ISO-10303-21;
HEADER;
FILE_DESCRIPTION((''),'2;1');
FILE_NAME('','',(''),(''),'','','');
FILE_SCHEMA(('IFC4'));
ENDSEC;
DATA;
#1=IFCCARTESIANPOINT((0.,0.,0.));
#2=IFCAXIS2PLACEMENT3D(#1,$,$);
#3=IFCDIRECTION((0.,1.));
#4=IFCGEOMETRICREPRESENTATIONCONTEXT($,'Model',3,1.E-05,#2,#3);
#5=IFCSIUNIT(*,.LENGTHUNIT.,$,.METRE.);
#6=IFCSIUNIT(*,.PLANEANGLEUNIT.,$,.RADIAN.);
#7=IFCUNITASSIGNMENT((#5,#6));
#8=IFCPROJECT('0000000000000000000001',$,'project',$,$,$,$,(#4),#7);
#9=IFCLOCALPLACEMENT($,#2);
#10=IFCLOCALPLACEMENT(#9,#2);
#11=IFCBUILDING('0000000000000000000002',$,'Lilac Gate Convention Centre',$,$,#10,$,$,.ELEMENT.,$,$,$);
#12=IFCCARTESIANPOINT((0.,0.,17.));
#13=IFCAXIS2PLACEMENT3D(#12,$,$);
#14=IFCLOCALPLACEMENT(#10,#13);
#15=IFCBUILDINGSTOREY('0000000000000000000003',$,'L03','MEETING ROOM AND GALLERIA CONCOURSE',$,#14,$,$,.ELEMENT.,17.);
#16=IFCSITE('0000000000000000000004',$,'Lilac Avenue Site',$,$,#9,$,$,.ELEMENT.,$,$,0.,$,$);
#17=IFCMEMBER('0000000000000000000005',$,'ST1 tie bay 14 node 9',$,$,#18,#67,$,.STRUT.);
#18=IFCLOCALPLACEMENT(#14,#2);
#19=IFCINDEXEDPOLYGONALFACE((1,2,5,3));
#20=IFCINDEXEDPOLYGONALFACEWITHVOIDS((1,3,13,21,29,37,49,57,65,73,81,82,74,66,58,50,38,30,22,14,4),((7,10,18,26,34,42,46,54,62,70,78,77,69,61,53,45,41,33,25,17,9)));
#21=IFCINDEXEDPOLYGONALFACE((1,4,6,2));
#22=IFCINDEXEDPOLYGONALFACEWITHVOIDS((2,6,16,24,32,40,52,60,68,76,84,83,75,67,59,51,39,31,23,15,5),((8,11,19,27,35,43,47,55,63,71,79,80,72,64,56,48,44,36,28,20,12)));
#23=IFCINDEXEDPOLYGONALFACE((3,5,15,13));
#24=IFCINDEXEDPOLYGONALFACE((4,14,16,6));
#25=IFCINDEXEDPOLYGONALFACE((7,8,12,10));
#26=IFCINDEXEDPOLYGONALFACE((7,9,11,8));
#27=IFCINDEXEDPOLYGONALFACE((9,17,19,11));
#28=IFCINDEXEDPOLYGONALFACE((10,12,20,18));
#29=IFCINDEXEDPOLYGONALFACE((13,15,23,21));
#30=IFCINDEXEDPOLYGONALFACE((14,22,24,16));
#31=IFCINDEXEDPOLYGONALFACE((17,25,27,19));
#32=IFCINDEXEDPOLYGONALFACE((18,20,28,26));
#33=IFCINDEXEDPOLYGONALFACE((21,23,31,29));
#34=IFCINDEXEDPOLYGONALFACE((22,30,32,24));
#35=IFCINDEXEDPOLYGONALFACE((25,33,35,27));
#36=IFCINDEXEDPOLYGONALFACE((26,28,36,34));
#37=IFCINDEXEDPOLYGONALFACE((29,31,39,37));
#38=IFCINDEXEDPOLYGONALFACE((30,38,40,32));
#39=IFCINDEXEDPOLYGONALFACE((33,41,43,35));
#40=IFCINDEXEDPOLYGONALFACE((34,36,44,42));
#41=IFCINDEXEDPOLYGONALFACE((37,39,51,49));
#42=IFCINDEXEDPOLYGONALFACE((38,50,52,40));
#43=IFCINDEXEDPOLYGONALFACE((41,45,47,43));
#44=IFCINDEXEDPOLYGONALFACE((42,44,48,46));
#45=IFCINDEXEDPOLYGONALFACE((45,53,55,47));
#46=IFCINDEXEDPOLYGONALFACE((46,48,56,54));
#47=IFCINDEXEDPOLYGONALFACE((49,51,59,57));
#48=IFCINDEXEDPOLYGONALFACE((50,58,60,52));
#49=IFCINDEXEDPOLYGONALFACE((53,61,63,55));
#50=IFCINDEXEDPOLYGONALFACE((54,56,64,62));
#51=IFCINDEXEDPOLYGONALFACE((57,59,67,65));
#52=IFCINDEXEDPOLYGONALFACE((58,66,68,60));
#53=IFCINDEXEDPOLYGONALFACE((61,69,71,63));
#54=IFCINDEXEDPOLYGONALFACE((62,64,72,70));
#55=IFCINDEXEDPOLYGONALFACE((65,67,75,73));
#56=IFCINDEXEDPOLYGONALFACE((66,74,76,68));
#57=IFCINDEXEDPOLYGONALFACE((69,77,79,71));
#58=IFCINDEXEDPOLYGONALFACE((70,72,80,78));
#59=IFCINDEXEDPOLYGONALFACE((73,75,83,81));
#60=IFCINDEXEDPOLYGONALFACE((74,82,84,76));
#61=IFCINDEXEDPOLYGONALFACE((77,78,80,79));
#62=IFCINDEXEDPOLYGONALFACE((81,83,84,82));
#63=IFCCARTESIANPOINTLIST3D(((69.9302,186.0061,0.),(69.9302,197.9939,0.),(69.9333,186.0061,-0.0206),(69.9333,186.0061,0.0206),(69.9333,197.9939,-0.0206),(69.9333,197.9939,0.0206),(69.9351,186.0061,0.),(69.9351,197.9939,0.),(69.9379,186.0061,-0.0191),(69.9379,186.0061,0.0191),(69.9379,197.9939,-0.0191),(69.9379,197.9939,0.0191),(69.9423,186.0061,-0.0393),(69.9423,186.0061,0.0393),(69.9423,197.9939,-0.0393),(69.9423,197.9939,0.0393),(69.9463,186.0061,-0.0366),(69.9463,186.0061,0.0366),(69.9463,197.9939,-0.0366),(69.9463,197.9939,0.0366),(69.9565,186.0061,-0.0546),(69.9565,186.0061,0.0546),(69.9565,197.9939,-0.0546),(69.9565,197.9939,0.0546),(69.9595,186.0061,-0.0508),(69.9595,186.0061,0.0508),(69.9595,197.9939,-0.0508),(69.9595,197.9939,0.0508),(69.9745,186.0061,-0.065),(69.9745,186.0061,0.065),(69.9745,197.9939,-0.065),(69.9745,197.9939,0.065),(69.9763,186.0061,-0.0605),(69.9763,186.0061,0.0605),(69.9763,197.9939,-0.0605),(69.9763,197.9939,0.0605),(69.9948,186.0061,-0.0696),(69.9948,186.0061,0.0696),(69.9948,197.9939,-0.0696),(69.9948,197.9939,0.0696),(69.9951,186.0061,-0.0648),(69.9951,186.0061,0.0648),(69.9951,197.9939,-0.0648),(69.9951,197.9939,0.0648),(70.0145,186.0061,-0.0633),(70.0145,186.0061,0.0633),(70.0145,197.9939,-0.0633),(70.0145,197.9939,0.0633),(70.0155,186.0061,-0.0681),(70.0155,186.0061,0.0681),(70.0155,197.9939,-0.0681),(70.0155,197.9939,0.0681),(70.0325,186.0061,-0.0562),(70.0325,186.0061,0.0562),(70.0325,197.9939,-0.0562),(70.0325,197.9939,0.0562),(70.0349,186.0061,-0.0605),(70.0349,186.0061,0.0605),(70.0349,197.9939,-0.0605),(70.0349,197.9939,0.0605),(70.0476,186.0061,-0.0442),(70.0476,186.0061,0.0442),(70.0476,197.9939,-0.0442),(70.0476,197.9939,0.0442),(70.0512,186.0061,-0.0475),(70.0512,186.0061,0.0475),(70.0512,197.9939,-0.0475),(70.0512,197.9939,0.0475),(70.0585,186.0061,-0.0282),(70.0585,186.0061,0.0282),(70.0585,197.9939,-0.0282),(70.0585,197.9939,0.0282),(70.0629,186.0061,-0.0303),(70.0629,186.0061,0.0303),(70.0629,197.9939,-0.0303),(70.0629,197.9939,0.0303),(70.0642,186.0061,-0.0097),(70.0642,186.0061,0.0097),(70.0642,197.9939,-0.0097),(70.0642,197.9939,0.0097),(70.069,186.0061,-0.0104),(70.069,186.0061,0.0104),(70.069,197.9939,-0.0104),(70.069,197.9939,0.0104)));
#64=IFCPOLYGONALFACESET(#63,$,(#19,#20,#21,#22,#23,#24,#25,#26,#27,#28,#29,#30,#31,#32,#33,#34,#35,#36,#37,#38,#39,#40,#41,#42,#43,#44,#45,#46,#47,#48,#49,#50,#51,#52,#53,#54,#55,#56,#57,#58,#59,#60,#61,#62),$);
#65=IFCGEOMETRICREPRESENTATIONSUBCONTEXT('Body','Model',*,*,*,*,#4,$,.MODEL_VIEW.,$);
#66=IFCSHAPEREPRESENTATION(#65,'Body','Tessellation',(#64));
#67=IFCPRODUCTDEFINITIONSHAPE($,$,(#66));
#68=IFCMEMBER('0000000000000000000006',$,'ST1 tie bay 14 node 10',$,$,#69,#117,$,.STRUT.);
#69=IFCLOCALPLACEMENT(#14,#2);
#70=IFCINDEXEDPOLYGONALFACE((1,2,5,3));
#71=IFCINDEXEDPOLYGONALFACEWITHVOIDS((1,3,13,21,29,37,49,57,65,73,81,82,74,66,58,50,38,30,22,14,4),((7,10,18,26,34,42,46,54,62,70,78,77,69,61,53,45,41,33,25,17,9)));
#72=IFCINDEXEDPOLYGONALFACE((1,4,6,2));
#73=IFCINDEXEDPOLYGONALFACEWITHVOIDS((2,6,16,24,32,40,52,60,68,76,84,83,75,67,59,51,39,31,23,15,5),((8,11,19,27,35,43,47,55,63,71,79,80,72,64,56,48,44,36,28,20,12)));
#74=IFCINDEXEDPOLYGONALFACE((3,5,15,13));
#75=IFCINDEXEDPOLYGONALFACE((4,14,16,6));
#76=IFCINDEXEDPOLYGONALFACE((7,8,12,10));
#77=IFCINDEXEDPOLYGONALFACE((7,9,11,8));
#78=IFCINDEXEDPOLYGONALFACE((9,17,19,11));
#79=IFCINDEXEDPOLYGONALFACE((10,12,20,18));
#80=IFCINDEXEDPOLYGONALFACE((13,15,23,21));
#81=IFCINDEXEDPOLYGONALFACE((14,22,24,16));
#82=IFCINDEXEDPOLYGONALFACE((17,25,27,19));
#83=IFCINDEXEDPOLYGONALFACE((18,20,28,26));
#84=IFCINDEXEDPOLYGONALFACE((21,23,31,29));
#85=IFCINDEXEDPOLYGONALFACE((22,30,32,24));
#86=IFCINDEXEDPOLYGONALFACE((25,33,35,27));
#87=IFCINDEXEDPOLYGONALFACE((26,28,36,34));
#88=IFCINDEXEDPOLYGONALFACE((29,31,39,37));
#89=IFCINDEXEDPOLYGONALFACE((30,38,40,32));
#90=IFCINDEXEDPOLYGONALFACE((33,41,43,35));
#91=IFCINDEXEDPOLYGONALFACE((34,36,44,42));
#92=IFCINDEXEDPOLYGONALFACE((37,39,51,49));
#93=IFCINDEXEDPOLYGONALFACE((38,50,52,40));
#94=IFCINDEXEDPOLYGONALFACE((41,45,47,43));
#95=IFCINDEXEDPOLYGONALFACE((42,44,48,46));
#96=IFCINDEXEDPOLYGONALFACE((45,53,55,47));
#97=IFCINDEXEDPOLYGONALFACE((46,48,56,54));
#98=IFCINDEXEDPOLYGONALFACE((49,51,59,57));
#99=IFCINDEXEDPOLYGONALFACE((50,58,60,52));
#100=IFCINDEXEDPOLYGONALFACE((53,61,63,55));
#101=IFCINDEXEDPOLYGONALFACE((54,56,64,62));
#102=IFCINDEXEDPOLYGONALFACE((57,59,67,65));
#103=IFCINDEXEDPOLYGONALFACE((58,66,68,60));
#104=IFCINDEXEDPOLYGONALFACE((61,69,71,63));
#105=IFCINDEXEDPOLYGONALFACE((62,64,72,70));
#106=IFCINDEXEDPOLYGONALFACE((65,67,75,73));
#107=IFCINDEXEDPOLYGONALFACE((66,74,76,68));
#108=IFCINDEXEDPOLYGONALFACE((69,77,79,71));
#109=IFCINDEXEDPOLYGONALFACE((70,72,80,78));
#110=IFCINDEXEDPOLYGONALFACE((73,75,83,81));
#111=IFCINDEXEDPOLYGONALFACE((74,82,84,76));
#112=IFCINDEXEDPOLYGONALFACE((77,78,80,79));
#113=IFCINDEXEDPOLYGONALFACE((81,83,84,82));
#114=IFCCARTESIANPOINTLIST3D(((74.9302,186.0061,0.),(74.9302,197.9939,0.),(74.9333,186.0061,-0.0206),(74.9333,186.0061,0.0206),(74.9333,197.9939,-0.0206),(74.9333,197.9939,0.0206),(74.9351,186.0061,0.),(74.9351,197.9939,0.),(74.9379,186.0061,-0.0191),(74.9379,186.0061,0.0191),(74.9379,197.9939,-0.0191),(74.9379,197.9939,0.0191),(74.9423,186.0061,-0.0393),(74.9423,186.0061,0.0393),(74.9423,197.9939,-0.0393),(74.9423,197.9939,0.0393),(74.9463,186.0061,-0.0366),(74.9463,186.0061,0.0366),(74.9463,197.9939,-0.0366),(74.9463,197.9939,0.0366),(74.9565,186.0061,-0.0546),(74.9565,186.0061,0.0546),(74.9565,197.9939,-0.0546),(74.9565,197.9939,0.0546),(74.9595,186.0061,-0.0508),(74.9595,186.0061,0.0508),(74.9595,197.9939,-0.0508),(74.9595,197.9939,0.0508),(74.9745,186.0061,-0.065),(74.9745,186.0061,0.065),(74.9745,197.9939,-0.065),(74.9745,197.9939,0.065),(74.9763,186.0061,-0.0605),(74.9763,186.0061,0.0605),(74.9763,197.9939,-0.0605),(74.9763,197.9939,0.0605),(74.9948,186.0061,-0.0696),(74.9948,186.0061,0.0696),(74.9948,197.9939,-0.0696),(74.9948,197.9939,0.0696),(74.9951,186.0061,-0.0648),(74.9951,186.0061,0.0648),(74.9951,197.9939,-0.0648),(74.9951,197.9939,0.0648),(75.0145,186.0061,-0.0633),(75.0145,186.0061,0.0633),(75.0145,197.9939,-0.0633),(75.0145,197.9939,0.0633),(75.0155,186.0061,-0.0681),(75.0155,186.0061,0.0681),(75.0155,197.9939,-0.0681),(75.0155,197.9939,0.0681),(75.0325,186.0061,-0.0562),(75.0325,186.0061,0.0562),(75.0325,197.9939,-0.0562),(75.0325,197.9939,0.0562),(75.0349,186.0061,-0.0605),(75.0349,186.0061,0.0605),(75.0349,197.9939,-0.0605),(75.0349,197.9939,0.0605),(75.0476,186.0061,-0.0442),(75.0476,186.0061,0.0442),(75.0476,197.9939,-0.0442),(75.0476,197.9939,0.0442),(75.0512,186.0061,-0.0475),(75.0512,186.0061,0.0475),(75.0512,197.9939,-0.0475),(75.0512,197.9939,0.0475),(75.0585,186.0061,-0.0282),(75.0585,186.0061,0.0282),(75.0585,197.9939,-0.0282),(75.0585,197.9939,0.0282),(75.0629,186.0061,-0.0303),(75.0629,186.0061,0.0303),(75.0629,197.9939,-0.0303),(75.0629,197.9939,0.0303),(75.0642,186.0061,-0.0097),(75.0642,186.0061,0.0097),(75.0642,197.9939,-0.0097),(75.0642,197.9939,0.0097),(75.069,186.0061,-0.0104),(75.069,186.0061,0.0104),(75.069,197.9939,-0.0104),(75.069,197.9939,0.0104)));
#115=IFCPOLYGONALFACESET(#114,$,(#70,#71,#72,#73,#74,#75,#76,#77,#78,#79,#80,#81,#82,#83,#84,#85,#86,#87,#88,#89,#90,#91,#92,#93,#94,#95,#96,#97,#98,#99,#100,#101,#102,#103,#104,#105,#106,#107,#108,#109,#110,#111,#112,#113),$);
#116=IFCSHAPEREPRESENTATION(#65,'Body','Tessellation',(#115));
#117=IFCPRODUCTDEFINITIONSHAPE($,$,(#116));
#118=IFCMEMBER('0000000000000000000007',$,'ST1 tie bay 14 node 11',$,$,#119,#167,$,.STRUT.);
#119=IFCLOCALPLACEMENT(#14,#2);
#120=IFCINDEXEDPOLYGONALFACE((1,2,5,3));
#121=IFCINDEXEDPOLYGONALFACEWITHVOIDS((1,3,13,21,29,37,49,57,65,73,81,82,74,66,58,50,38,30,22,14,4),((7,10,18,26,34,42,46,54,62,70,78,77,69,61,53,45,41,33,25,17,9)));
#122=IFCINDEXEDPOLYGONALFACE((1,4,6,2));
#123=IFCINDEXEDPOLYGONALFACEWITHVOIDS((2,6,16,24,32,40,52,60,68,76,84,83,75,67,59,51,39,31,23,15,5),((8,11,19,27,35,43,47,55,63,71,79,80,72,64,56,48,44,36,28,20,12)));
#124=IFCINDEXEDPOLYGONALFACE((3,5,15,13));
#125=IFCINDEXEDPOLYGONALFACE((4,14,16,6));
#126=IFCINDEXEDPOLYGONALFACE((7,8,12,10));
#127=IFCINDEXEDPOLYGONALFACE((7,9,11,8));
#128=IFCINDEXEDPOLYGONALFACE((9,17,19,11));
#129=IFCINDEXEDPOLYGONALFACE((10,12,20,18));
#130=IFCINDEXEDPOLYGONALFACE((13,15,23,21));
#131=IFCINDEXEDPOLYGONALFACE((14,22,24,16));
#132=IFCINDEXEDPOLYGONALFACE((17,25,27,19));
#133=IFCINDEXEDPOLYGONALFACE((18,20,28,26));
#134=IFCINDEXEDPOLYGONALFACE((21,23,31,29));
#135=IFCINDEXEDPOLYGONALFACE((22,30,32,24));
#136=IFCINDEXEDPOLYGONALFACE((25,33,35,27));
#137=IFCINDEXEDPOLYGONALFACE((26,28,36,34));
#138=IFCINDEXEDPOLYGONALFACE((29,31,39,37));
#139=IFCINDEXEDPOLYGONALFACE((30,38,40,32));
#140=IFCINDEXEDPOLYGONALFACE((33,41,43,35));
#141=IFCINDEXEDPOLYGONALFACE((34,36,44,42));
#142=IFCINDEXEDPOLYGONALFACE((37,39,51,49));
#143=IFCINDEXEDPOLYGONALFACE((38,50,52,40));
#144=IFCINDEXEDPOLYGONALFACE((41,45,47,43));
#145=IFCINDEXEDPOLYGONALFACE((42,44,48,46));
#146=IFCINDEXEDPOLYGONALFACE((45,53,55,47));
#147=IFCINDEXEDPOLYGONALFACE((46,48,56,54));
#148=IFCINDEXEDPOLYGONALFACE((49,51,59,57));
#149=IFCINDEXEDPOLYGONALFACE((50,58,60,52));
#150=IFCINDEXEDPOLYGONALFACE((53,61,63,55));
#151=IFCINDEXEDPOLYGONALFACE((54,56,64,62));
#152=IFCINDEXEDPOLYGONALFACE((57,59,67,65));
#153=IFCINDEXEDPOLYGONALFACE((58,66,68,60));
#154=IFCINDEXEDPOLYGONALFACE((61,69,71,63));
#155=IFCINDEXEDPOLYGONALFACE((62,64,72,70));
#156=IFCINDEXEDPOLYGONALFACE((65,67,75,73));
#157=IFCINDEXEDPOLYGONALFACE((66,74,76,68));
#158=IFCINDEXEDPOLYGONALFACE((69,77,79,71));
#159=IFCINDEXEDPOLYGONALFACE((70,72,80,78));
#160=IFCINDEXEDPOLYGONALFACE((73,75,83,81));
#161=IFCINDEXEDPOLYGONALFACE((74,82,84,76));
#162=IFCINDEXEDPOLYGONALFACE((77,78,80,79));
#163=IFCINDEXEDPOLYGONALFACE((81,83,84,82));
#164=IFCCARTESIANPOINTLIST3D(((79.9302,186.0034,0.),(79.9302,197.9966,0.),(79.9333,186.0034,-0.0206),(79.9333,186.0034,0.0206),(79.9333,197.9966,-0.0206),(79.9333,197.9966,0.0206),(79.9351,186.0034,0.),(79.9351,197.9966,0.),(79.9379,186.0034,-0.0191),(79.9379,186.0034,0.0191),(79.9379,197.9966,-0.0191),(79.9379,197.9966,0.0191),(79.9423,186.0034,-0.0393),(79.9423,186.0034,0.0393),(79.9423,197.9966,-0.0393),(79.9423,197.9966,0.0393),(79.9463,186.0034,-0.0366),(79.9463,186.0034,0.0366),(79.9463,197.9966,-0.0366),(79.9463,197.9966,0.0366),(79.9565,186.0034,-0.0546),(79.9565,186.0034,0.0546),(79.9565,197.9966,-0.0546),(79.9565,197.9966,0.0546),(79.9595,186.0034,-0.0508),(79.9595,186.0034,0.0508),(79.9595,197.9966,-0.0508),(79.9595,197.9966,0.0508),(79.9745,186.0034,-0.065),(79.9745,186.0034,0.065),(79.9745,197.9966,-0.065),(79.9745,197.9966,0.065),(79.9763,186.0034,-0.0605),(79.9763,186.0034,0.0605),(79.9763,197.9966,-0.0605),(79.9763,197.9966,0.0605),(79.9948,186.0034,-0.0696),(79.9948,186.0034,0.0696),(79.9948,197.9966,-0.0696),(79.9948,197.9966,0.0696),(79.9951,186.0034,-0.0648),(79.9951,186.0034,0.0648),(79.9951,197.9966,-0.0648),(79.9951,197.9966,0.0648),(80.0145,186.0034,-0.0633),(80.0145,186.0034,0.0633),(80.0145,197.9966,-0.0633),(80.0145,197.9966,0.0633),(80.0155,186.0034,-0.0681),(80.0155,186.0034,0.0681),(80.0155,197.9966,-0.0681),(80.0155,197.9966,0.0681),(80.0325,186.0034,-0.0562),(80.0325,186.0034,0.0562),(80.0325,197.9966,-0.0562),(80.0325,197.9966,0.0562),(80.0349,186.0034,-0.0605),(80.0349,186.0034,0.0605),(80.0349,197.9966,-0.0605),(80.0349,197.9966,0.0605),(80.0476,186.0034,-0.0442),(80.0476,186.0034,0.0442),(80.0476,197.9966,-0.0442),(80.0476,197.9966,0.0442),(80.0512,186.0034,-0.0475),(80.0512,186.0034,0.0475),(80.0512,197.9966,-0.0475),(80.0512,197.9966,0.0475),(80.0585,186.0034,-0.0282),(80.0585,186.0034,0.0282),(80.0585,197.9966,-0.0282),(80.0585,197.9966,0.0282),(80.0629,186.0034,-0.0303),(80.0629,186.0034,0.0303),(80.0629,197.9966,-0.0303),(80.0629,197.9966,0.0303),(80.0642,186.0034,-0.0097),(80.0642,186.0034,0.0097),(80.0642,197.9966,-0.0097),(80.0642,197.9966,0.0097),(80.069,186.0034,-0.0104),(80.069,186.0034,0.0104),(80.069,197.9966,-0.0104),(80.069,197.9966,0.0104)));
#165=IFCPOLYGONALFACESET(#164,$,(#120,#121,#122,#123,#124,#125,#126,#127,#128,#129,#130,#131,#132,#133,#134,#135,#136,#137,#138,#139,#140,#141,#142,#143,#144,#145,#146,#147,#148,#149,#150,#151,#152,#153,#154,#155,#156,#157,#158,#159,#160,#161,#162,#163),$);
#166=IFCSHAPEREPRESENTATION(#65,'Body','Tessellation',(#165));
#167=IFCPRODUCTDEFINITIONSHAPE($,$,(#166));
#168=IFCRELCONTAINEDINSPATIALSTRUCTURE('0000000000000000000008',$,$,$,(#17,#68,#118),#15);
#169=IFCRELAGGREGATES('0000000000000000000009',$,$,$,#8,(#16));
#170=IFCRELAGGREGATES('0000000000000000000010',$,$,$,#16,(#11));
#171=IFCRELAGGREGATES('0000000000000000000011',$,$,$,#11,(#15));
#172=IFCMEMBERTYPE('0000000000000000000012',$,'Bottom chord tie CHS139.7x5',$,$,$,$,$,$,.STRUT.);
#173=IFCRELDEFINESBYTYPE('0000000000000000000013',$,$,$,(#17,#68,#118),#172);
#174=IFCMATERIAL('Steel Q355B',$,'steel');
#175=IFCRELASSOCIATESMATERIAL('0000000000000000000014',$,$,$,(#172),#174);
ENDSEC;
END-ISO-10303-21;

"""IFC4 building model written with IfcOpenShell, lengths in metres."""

from ifc_helpers import new_model, si_unit, direction, frame, origin, origin_2d, place, context, subcontext, project, spatial, hollow_circle, extrude, material, material_profile, profile_set, type_object, element, save


model = new_model("IFC4")

# Units and contexts
model_context = context("Model", 3, precision=1e-05, world=origin(), true_north=direction((0.0, 1.0)))
body_context = subcontext(model_context, "Body", "Model", "MODEL_VIEW")
ifc_project = project(units=[si_unit("LENGTHUNIT", "METRE"), si_unit("PLANEANGLEUNIT", "RADIAN")], contexts=[model_context])

# Site, building, storey
site_placement = place(None, origin())
site = spatial("IfcSite", under=ifc_project, at=site_placement, Name="Lilac Avenue Site", CompositionType="ELEMENT", RefElevation=0.0)
building_placement = place(site_placement, origin())
building = spatial("IfcBuilding", under=site, at=building_placement, Name="Lilac Gate Convention Centre", CompositionType="ELEMENT")
storey_placement = place(building_placement, frame((0.0, 0.0, 17.0)))
storey = spatial("IfcBuildingStorey", under=building, at=storey_placement, Name="L03", Description="MEETING ROOM AND GALLERIA CONCOURSE", CompositionType="ELEMENT", Elevation=17.0)

# Members
ifc_material = material(Name="Steel Q355B", Category="steel")
ifc_material_profile_1 = material_profile(ifc_material, hollow_circle(Radius=0.0698, WallThickness=0.0049, at=origin_2d()), Name="CHS139.7x5")
ifc_profile_set_1 = profile_set([ifc_material_profile_1], Name="Steel Q355B")
member_type_1 = type_object("IfcMemberType", Name="Bottom chord tie CHS139.7x5", PredefinedType="STRUT", material=ifc_profile_set_1)
for number, where, z_axis, x_axis, name in (
    (1, (70.0, 186.0061, 0.0), (0.0, 1.0, 0.0), (-1.0, 0.0, 0.0), "ST1 tie bay 14 node 9"),
    (2, (75.0, 186.0061, 0.0), (0.0, 1.0, 0.0), (-1.0, 0.0, 0.0), "ST1 tie bay 14 node 10"),
):
    element("IfcMember", number, at=place(storey_placement, frame(where, z_axis=z_axis, x_axis=x_axis)), inside=storey, type_object=member_type_1, Name=name, PredefinedType="STRUT", context=body_context, shape_type="SweptSolid", body=[
        extrude(hollow_circle(Radius=0.0698, WallThickness=0.0049, at=origin_2d()), origin(), (0.0, 0.0, 1.0), 11.9878),
    ])
member_1_placement = place(storey_placement, frame((80.0, 186.0034, 0.0), z_axis=(0.0, 1.0, 0.0), x_axis=(-1.0, 0.0, 0.0)))
element("IfcMember", 3, at=member_1_placement, inside=storey, type_object=member_type_1, Name="ST1 tie bay 14 node 11", PredefinedType="STRUT", context=body_context, shape_type="SweptSolid", body=[
    extrude(hollow_circle(Radius=0.0698, WallThickness=0.0049, at=origin_2d()), origin(), (0.0, 0.0, 1.0), 11.9932),
])

save(model, "model.ifc")
